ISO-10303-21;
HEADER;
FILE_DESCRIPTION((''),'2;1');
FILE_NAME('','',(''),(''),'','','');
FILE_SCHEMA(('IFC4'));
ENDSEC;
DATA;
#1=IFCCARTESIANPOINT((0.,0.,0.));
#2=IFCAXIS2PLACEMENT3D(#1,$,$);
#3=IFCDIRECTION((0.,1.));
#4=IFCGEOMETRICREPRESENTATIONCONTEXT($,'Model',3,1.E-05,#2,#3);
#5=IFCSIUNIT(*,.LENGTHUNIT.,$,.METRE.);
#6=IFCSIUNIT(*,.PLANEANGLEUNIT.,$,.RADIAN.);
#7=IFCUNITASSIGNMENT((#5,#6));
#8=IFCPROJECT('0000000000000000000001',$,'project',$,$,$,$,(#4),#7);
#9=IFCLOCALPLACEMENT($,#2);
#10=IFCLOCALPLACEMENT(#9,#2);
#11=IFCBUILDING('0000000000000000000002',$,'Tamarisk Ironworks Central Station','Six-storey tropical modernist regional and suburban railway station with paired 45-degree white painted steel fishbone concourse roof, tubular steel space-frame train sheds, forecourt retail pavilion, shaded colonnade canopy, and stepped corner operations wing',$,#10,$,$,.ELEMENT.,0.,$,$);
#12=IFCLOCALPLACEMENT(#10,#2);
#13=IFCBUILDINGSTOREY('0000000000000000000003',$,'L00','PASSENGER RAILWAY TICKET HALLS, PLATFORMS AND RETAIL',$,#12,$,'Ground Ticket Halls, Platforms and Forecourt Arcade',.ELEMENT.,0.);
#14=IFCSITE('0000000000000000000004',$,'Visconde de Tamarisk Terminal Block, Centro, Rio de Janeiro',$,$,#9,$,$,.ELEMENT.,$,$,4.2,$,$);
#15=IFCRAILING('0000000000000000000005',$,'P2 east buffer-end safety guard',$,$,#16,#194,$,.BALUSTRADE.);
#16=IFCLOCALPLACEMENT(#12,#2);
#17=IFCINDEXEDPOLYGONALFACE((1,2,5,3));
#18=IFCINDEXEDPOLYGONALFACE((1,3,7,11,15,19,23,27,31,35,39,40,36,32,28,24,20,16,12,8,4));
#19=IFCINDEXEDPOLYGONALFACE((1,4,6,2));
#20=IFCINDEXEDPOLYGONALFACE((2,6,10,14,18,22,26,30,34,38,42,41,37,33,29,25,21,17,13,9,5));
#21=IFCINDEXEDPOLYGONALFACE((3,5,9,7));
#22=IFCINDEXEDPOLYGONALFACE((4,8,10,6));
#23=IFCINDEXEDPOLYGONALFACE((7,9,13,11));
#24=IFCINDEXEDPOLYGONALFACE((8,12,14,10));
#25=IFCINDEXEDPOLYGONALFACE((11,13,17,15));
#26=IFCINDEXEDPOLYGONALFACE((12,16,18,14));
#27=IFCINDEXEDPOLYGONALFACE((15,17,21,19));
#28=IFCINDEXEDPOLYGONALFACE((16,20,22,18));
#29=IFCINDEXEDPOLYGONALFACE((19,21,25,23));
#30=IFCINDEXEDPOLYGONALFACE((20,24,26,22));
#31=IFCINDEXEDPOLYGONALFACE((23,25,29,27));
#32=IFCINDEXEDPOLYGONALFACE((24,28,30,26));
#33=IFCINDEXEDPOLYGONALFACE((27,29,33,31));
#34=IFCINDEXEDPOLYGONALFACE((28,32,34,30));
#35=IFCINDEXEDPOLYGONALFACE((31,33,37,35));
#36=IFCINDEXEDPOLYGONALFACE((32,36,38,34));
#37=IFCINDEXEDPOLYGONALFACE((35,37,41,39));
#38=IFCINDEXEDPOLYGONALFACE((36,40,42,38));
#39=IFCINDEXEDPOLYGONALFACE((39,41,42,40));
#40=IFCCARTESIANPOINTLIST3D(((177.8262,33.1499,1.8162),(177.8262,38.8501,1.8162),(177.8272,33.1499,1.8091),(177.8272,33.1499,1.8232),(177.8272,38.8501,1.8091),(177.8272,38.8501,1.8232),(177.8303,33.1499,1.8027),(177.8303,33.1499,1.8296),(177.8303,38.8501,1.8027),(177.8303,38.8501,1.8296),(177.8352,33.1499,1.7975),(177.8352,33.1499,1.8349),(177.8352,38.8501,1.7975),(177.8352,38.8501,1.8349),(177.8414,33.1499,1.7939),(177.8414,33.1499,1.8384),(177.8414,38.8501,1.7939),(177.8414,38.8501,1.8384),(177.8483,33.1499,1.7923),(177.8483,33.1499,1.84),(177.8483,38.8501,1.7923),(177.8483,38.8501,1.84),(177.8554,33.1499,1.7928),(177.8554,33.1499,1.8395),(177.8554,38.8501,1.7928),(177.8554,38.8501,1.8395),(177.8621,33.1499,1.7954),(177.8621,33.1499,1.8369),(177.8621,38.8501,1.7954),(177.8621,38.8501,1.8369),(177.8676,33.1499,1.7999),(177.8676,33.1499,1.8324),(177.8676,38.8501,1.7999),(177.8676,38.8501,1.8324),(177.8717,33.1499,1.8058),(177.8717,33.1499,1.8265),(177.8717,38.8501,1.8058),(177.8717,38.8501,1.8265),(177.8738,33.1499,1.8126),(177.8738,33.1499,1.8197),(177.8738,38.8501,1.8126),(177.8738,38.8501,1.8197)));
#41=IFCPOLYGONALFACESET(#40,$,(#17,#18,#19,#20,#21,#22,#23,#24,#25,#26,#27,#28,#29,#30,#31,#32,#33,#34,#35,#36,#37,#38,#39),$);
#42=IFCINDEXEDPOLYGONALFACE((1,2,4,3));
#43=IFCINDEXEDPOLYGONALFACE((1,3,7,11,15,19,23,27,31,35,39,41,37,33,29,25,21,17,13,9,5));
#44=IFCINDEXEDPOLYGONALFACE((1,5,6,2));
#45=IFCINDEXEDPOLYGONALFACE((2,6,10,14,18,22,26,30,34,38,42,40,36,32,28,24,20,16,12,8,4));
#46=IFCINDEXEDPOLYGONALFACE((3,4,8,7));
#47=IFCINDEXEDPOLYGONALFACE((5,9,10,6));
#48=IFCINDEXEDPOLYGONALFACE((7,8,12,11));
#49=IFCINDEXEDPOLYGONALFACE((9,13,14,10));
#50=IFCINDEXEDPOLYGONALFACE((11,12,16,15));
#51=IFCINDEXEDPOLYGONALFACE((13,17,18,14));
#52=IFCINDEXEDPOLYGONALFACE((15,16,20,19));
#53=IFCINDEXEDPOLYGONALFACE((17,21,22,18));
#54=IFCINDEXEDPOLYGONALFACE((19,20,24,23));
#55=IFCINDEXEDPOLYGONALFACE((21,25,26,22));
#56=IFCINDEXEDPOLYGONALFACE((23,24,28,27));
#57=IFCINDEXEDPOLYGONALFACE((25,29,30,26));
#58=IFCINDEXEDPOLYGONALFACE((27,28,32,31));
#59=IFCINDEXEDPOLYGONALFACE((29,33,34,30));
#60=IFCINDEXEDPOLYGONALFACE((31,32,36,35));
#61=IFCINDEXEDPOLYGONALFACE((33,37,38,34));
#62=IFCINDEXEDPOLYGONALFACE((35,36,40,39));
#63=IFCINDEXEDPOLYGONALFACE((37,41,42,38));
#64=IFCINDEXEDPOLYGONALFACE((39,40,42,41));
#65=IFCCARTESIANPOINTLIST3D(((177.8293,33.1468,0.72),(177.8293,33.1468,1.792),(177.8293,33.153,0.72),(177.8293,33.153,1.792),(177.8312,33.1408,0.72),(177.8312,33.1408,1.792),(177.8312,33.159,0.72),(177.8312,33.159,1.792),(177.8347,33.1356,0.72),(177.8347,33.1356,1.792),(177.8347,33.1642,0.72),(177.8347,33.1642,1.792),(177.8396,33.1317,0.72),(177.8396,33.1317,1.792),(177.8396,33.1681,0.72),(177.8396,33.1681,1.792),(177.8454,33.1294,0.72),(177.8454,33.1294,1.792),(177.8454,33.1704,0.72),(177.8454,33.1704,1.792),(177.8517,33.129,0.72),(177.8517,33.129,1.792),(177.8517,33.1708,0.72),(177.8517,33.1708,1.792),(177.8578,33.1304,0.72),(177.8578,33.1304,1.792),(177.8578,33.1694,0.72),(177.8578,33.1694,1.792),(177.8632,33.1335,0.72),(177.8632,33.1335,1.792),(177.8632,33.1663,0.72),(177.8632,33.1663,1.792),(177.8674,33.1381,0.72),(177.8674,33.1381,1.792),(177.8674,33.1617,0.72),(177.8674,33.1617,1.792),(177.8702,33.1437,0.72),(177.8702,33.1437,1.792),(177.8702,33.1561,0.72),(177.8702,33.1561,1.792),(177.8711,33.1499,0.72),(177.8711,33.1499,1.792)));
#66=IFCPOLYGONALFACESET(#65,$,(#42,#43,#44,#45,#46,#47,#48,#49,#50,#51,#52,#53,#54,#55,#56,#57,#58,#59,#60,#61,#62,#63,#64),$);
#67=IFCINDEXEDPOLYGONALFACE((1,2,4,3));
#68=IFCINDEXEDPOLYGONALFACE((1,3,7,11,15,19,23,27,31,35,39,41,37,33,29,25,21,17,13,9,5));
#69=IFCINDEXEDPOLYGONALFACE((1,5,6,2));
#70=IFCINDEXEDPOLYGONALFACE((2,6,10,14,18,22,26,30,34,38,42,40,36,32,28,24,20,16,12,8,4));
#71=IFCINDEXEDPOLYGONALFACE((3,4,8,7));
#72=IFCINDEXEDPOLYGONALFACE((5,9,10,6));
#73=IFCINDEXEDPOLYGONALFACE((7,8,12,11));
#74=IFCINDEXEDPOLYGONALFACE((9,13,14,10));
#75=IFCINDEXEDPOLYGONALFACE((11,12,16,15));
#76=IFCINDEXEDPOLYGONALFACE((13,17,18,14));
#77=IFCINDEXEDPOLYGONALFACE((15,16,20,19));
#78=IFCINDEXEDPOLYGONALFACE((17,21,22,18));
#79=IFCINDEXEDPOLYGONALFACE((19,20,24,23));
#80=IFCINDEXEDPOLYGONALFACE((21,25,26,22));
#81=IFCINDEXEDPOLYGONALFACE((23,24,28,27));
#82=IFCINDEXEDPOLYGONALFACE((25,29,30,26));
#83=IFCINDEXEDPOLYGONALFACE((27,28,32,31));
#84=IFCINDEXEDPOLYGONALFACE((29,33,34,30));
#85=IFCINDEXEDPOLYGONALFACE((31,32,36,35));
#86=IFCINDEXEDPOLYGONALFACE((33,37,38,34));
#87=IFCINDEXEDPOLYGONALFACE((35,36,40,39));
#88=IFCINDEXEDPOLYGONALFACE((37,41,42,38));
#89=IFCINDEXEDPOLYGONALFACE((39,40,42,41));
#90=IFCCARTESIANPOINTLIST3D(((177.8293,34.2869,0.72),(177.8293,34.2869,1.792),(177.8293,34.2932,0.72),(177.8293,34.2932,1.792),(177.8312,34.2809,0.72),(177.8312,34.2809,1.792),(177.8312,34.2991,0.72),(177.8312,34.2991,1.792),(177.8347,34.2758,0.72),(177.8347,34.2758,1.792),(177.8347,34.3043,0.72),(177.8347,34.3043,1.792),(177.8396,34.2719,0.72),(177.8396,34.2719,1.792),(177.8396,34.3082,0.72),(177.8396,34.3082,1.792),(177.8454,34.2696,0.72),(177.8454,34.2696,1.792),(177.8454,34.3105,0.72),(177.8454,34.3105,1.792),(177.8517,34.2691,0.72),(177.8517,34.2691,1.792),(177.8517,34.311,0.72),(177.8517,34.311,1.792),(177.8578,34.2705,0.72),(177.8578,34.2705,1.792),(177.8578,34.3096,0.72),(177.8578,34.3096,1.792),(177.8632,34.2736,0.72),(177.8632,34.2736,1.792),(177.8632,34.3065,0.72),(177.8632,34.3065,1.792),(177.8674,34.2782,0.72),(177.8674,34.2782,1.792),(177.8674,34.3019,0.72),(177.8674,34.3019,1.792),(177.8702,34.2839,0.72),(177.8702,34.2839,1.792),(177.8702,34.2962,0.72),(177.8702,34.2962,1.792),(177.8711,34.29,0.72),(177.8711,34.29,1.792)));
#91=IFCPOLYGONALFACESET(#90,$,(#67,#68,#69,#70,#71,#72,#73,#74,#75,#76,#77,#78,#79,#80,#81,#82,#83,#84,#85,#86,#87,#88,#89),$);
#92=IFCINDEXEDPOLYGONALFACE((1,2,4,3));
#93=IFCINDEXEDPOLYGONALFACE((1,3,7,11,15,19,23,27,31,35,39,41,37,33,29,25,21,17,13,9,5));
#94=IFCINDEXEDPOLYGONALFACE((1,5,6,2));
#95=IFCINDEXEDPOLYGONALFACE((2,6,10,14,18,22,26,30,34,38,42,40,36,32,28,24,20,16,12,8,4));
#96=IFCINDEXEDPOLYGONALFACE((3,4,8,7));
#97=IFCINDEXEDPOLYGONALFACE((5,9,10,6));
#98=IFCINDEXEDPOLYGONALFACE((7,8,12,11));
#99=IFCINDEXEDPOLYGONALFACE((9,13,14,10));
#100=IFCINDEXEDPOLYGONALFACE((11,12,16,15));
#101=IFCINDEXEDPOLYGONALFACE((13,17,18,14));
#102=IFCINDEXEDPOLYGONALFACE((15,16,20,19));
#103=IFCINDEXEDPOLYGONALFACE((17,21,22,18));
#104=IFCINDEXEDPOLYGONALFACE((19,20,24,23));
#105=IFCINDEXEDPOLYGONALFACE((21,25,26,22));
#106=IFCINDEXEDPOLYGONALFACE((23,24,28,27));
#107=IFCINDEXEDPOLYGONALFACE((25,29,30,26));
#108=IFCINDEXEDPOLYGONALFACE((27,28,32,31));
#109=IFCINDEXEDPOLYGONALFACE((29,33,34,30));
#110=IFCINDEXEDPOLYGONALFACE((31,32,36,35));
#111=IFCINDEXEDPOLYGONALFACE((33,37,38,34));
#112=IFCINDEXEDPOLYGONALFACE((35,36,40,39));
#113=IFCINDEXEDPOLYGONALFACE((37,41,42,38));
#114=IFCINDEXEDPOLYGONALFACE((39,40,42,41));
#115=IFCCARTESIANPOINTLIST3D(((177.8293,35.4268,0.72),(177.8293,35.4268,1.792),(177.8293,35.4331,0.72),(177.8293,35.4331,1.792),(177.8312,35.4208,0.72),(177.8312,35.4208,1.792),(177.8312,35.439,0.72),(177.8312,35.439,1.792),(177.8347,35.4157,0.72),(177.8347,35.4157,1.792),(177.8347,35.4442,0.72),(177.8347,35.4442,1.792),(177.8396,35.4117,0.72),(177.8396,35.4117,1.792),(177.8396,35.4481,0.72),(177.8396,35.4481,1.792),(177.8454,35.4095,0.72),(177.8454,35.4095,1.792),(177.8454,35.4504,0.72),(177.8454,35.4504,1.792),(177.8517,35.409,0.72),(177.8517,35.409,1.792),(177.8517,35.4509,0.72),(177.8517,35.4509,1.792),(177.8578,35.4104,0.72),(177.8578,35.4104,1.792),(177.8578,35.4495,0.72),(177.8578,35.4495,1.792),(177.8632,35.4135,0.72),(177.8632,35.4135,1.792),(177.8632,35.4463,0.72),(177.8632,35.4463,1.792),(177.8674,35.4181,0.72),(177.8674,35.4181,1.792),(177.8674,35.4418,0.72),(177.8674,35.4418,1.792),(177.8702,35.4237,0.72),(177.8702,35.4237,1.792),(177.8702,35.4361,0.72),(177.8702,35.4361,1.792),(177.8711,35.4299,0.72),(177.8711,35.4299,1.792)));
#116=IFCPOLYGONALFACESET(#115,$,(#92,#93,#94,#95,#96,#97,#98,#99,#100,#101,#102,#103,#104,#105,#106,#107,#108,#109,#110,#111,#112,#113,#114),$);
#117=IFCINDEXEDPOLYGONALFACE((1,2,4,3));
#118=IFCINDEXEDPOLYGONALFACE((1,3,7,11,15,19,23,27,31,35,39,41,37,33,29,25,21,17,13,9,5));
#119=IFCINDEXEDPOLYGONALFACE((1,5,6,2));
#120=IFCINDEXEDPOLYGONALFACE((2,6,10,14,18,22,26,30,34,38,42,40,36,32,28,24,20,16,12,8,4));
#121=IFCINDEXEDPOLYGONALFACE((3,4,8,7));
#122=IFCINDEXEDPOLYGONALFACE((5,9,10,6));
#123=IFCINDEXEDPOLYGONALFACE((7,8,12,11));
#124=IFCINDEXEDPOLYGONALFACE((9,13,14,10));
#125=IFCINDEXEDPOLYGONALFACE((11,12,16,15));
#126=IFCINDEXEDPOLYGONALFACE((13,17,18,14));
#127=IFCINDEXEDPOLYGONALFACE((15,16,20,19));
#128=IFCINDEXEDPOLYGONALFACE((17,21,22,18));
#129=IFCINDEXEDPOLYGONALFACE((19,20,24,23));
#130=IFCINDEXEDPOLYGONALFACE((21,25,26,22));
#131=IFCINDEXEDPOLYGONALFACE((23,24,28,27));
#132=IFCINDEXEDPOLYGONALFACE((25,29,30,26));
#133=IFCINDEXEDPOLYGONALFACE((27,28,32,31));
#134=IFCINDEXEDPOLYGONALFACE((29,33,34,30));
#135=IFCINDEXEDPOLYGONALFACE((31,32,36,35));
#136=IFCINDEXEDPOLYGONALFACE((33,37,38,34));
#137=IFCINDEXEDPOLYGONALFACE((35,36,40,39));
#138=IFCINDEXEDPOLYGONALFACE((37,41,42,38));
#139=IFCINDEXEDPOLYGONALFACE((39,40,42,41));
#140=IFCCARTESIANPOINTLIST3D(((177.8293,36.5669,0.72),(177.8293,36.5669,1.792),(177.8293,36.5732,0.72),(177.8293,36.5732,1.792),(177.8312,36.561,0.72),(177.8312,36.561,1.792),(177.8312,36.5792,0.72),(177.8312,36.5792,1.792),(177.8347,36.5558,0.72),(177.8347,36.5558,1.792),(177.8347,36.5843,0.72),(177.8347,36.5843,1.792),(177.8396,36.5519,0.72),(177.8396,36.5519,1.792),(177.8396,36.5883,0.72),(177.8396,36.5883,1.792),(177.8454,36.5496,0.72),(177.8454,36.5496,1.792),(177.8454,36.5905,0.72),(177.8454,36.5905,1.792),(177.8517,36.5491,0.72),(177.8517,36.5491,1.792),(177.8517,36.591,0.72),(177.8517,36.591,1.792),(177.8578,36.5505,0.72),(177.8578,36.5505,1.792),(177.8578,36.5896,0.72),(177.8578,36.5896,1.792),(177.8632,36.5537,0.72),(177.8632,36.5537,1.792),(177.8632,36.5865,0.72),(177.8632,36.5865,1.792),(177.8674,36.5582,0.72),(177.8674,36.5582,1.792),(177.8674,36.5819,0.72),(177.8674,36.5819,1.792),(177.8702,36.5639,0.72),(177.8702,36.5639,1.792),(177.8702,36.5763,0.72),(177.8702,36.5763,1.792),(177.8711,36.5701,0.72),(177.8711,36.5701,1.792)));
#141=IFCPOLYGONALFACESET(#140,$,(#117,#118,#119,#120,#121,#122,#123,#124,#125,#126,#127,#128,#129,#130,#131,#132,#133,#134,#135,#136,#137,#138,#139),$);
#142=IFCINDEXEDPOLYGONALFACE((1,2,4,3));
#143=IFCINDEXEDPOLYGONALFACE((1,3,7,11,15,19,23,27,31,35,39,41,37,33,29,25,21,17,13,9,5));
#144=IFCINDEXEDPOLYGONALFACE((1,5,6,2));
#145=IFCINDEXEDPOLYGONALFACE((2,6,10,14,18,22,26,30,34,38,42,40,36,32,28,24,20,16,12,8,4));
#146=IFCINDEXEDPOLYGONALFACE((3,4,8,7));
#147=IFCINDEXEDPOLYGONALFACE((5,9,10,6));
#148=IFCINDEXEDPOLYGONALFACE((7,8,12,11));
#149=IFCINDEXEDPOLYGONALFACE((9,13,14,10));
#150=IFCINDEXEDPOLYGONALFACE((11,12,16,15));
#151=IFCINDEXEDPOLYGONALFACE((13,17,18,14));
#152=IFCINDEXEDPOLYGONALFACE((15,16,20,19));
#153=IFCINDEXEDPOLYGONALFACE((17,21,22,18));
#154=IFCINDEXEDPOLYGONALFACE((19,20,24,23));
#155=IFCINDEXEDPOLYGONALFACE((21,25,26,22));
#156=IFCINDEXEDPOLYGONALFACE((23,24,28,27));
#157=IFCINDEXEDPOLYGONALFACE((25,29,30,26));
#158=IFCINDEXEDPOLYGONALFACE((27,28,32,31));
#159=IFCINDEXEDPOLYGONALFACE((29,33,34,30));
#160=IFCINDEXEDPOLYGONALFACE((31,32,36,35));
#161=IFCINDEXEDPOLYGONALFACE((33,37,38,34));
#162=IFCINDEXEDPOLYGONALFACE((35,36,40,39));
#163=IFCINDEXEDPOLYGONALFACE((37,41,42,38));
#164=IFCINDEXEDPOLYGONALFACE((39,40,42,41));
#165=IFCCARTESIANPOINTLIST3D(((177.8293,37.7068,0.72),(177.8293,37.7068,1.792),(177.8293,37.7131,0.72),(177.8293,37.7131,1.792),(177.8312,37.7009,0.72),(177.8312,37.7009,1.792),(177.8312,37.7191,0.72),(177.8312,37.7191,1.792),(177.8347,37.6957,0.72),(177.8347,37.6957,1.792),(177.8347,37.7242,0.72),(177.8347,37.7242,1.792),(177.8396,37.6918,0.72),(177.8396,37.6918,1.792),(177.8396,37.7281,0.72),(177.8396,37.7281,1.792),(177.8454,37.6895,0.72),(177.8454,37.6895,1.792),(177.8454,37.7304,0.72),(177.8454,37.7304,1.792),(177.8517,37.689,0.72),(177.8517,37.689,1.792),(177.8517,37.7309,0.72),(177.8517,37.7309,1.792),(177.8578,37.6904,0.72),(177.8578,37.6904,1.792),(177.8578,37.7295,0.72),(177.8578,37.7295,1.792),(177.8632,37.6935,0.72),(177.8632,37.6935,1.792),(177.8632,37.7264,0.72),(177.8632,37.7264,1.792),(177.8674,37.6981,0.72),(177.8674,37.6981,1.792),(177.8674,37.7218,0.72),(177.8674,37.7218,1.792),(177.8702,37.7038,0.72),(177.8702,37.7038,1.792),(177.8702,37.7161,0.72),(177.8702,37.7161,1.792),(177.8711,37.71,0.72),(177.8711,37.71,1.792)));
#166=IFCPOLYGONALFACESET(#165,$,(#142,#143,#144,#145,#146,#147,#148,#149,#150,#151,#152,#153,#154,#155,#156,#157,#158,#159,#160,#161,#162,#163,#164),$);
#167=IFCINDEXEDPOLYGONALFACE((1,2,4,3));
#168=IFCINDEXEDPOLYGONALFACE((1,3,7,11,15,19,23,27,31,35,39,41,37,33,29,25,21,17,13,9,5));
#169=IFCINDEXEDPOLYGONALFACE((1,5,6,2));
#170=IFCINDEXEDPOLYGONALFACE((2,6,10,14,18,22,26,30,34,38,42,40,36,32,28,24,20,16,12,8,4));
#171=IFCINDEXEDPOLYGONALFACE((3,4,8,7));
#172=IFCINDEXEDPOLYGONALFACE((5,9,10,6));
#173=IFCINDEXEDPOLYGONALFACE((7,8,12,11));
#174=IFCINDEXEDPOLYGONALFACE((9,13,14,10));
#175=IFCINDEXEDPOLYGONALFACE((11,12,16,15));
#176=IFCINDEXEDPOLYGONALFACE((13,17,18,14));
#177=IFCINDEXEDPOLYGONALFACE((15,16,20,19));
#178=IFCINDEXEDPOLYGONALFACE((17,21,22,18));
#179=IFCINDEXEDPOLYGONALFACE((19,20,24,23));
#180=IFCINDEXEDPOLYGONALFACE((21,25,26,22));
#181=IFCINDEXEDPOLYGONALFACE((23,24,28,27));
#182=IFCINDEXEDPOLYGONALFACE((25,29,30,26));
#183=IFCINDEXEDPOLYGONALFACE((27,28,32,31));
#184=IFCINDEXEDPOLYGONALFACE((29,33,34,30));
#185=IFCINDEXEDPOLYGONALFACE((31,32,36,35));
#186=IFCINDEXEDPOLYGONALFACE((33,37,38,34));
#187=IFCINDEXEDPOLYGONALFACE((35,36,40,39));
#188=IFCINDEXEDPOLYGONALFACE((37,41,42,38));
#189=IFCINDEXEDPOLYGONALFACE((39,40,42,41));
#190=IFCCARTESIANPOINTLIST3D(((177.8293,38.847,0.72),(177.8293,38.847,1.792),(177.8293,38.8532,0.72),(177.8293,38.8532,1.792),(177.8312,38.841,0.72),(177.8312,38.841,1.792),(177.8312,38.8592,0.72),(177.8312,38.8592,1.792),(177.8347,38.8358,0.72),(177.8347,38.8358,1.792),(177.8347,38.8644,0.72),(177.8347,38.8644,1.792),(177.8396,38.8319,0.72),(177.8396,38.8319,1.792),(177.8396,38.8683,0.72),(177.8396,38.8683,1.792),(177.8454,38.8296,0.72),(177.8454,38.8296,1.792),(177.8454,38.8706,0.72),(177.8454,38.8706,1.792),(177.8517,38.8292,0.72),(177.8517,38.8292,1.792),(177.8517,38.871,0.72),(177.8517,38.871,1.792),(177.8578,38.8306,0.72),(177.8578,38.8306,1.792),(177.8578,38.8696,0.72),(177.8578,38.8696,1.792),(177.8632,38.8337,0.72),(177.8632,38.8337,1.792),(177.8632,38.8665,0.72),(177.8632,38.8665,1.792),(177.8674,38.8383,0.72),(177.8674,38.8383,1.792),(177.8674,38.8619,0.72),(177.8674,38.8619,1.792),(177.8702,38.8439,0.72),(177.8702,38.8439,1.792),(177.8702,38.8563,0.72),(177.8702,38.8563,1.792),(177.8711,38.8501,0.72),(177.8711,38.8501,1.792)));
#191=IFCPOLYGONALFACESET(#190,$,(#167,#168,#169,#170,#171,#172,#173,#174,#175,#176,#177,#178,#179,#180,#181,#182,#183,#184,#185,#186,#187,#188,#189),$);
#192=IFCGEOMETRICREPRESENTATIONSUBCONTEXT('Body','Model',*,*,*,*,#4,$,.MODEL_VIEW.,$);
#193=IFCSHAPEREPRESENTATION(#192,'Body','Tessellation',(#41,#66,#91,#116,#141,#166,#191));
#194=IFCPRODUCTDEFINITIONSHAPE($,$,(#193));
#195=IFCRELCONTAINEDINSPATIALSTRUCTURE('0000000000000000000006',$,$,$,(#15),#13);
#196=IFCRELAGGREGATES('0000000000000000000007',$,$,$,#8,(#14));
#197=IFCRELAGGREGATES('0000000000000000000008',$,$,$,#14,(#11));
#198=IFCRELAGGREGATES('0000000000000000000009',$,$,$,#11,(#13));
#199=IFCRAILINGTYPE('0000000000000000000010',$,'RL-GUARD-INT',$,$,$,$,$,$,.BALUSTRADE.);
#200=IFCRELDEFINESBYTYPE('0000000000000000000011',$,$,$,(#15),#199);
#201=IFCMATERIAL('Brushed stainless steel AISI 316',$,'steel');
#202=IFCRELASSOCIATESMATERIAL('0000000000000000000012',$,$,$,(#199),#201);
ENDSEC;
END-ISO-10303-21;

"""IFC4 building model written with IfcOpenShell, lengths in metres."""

from ifc_helpers import new_model, si_unit, direction, frame, origin, origin_2d, place, context, subcontext, project, spatial, circle, extrude, material, type_object, element, save


model = new_model("IFC4")

# Units and contexts
model_context = context("Model", 3, precision=1e-05, world=origin(), true_north=direction((0.0, 1.0)))
body_context = subcontext(model_context, "Body", "Model", "MODEL_VIEW")
ifc_project = project(units=[si_unit("LENGTHUNIT", "METRE"), si_unit("PLANEANGLEUNIT", "RADIAN")], contexts=[model_context])

# Site, building, storey
site_placement = place(None, origin())
site = spatial("IfcSite", under=ifc_project, at=site_placement, Name="Visconde de Tamarisk Terminal Block, Centro, Rio de Janeiro", CompositionType="ELEMENT", RefElevation=4.2)
building_placement = place(site_placement, origin())
building = spatial("IfcBuilding", under=site, at=building_placement, Name="Tamarisk Ironworks Central Station", Description="Six-storey tropical modernist regional and suburban railway station with paired 45-degree white painted steel fishbone concourse roof, tubular steel space-frame train sheds, forecourt retail pavilion, shaded colonnade canopy, and stepped corner operations wing", CompositionType="ELEMENT", ElevationOfRefHeight=0.0)
storey_placement = place(building_placement, origin())
storey = spatial("IfcBuildingStorey", under=building, at=storey_placement, Name="L00", Description="PASSENGER RAILWAY TICKET HALLS, PLATFORMS AND RETAIL", LongName="Ground Ticket Halls, Platforms and Forecourt Arcade", CompositionType="ELEMENT", Elevation=0.0)

# Railing
ifc_material_1 = material(Name="Brushed stainless steel AISI 316", Category="steel")
railing_type = type_object("IfcRailingType", Name="RL-GUARD-INT", PredefinedType="BALUSTRADE", material=ifc_material_1)
railing_1_placement = place(storey_placement, frame((177.8501, 33.1499, 0.72)))
element("IfcRailing", 1, at=railing_1_placement, inside=storey, type_object=railing_type, Name="P2 east buffer-end safety guard", PredefinedType="BALUSTRADE", context=body_context, shape_type="SweptSolid", body=[
    extrude(circle(Radius=0.0239, at=origin_2d()), frame((0.0, 0.0, 1.0962), z_axis=(0.0, 1.0, 0.0), x_axis=(-1.0, 0.0, 0.0)), (0.0, 0.0, 1.0), 5.7002),
    extrude(circle(Radius=0.021, at=origin_2d()), origin(), (0.0, 0.0, 1.0), 1.072),
    extrude(circle(Radius=0.021, at=origin_2d()), frame((0.0, 1.1401, 0.0)), (0.0, 0.0, 1.0), 1.072),
    extrude(circle(Radius=0.021, at=origin_2d()), frame((0.0, 2.28, 0.0)), (0.0, 0.0, 1.0), 1.072),
    extrude(circle(Radius=0.021, at=origin_2d()), frame((0.0, 3.4202, 0.0)), (0.0, 0.0, 1.0), 1.072),
    extrude(circle(Radius=0.021, at=origin_2d()), frame((0.0, 4.5601, 0.0)), (0.0, 0.0, 1.0), 1.072),
    extrude(circle(Radius=0.021, at=origin_2d()), frame((0.0, 5.7002, 0.0)), (0.0, 0.0, 1.0), 1.072),
])

save(model, "model.ifc")
